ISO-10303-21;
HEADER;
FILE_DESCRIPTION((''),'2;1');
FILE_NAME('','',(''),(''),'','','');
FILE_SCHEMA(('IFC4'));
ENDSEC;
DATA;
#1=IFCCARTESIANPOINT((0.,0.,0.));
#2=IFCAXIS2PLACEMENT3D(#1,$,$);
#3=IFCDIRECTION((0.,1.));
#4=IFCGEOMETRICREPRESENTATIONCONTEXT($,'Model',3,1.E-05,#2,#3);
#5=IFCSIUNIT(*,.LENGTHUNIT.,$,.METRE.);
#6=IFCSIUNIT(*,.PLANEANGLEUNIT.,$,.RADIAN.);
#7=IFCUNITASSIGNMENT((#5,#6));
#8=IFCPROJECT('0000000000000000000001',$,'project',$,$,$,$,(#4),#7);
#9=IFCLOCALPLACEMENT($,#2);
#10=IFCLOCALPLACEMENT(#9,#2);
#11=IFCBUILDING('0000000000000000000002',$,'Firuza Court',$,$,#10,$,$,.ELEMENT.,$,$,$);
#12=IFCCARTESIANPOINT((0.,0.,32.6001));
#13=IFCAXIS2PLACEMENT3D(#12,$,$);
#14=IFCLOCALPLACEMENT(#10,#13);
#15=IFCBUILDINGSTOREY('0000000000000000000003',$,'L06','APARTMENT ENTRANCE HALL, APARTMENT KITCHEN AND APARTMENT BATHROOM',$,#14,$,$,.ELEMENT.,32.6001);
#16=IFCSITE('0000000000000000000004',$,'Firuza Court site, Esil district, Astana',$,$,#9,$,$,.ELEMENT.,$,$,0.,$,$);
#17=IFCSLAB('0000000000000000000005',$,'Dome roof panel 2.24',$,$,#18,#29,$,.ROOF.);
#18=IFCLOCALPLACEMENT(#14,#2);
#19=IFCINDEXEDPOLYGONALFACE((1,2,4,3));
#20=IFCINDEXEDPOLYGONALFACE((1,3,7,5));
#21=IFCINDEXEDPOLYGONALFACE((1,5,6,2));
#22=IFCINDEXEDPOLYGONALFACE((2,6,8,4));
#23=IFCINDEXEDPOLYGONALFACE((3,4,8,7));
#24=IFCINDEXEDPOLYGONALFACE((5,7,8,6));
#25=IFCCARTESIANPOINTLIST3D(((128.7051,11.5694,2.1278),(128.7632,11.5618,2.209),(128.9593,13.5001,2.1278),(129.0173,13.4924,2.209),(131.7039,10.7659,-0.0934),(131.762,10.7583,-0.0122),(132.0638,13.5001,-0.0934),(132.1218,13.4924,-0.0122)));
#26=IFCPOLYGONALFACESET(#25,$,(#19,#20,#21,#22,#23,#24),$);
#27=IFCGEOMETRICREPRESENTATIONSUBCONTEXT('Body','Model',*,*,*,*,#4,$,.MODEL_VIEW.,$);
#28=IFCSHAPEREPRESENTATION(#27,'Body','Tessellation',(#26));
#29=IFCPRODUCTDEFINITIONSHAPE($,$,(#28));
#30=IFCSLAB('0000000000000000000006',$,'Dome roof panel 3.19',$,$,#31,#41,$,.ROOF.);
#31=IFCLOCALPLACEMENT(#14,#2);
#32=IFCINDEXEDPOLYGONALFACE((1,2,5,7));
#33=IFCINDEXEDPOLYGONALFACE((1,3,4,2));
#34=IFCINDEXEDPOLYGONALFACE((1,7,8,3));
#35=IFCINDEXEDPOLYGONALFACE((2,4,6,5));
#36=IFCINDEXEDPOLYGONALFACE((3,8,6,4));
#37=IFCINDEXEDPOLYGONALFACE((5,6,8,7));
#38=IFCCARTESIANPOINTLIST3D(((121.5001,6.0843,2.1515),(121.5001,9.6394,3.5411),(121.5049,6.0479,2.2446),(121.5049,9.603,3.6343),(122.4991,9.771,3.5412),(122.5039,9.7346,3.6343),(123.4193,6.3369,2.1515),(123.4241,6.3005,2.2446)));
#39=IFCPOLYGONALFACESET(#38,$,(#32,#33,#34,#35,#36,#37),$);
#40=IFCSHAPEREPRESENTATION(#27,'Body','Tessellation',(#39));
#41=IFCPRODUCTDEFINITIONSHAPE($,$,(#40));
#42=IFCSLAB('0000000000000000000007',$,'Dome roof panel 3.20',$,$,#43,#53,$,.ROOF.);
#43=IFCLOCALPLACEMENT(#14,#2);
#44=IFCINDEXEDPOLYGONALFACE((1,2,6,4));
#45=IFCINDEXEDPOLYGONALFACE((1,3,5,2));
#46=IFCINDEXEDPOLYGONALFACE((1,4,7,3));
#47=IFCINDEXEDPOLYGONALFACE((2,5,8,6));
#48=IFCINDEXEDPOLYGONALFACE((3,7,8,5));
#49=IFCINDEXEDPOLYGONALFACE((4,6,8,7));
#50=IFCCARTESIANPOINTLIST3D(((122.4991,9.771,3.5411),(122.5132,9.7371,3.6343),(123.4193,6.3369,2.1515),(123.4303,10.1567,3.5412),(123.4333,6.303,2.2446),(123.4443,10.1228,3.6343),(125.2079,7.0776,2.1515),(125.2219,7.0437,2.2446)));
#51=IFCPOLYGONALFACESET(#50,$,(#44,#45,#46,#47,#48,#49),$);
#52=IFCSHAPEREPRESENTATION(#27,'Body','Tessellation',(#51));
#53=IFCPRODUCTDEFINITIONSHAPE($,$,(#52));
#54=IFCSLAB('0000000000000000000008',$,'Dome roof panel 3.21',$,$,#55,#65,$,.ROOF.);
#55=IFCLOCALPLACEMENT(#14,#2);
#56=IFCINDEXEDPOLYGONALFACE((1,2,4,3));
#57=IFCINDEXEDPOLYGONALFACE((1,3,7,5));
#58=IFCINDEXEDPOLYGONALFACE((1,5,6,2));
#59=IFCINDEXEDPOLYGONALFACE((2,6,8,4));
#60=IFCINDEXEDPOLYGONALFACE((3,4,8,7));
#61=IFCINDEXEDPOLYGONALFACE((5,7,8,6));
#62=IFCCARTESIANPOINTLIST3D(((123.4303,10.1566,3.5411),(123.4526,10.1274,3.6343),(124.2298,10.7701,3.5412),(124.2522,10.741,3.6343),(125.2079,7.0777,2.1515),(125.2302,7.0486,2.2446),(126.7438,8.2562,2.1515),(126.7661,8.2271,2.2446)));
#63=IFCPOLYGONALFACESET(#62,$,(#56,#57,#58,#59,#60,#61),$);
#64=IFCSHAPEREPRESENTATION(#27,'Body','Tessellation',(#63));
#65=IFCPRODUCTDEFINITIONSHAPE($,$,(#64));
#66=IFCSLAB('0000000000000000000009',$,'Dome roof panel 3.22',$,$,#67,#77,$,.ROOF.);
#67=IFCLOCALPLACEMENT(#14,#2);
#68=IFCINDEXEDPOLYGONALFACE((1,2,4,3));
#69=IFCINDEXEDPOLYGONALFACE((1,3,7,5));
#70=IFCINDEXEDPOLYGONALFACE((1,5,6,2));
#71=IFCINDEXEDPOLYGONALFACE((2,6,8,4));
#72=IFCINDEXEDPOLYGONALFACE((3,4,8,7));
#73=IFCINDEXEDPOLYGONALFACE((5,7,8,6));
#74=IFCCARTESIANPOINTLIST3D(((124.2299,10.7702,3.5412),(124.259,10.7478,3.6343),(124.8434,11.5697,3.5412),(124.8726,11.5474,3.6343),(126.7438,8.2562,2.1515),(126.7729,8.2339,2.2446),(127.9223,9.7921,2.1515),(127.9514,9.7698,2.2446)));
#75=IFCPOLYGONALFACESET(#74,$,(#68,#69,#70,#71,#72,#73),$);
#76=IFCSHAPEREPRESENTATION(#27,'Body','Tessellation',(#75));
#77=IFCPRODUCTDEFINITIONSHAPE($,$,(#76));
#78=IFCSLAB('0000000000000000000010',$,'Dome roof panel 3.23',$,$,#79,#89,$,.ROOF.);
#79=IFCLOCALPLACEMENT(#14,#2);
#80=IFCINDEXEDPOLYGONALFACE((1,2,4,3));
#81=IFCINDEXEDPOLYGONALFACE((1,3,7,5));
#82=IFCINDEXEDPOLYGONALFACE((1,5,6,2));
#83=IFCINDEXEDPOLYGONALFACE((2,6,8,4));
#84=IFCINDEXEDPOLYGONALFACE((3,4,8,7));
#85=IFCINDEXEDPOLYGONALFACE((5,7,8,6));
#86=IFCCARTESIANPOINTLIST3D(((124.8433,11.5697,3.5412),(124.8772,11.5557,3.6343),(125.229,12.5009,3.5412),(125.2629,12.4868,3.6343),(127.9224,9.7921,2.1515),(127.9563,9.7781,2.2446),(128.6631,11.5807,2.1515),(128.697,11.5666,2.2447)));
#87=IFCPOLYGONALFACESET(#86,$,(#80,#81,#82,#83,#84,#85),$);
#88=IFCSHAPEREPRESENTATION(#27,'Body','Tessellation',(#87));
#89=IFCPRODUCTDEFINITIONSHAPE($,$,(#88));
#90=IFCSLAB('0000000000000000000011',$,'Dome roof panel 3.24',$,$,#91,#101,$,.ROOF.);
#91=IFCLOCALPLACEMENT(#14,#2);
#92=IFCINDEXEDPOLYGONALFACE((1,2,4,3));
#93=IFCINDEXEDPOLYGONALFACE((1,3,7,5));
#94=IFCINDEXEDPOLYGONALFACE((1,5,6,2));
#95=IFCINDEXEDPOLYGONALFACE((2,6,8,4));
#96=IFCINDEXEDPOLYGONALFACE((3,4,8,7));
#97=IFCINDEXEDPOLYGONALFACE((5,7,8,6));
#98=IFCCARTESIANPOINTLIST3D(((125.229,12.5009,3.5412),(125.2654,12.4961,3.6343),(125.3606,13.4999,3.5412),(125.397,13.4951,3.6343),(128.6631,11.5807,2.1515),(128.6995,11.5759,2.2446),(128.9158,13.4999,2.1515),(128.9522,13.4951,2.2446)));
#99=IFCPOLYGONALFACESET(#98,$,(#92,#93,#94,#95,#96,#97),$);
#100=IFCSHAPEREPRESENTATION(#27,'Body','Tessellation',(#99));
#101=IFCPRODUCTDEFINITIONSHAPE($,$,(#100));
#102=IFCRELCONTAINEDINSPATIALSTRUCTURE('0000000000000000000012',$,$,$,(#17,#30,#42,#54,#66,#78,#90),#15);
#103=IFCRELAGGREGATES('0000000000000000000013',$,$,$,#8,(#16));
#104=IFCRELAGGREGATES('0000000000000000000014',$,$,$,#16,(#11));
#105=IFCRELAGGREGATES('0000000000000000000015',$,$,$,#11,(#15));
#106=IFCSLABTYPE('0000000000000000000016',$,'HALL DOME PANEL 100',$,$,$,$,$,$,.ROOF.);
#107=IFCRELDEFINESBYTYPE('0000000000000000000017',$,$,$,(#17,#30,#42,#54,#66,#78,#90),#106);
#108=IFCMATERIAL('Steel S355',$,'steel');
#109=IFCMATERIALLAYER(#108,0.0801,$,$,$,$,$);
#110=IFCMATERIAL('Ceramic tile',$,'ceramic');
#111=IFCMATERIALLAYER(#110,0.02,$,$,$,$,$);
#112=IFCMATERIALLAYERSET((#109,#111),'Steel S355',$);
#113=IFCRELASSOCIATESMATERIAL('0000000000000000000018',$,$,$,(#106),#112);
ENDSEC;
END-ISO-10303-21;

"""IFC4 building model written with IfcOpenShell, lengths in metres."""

from ifc_helpers import new_model, si_unit, direction, frame, origin, place, context, subcontext, project, spatial, polyline, outline, extrude, material, layer, layer_set, type_object, element, save


model = new_model("IFC4")

# Units and contexts
model_context = context("Model", 3, precision=1e-05, world=origin(), true_north=direction((0.0, 1.0)))
body_context = subcontext(model_context, "Body", "Model", "MODEL_VIEW")
ifc_project = project(units=[si_unit("LENGTHUNIT", "METRE"), si_unit("PLANEANGLEUNIT", "RADIAN")], contexts=[model_context])

# Site, building, storey
site_placement = place(None, origin())
site = spatial("IfcSite", under=ifc_project, at=site_placement, Name="Firuza Court site, Esil district, Astana", CompositionType="ELEMENT", RefElevation=0.0)
building_placement = place(site_placement, origin())
building = spatial("IfcBuilding", under=site, at=building_placement, Name="Firuza Court", CompositionType="ELEMENT")
storey_placement = place(building_placement, frame((0.0, 0.0, 32.6001)))
storey = spatial("IfcBuildingStorey", under=building, at=storey_placement, Name="L06", Description="APARTMENT ENTRANCE HALL, APARTMENT KITCHEN AND APARTMENT BATHROOM", CompositionType="ELEMENT", Elevation=32.6001)

# Slabs
ifc_material_1 = material(Name="Steel S355", Category="steel")
ifc_layer_1 = layer(ifc_material_1, 0.0801)
ifc_material_2 = material(Name="Ceramic tile", Category="ceramic")
ifc_layer_2 = layer(ifc_material_2, 0.02)
ifc_layer_set = layer_set([ifc_layer_1, ifc_layer_2], Name="Steel S355")
slab_type = type_object("IfcSlabType", Name="HALL DOME PANEL 100", PredefinedType="ROOF", material=ifc_layer_set)
slab_1_placement = place(storey_placement, frame((131.762, 10.7583, -0.0122), z_axis=(0.580177, -0.076367, 0.810902), x_axis=(-0.78557, 0.210479, 0.581875)))
element("IfcSlab", 1, at=slab_1_placement, inside=storey, type_object=slab_type, Name="Dome roof panel 2.24", PredefinedType="ROOF", context=body_context, shape_type="SweptSolid", body=[
    extrude(outline(polyline([(0.0, 0.0), (3.8173, 0.0), (4.024, -1.9363), (0.2928, -2.7421), (0.0, 0.0)])), origin(), (0.0, 0.0, -1.0), 0.1001),
])
slab_2_placement = place(storey_placement, frame((121.5049, 6.0479, 2.2446), z_axis=(0.047884, -0.363636, 0.93031), x_axis=(0.0, 0.931378, 0.364054)))
element("IfcSlab", 2, at=slab_2_placement, inside=storey, type_object=slab_type, Name="Dome roof panel 3.19", PredefinedType="ROOF", context=body_context, shape_type="SweptSolid", body=[
    extrude(outline(polyline([(0.0, 0.0), (3.8171, 0.0), (3.9397, -1.0002), (0.2353, -1.9214), (0.0, 0.0)])), origin(), (0.0, 0.0, -1.0), 0.1001),
])
slab_3_placement = place(storey_placement, frame((123.4333, 6.303, 2.2446), z_axis=(0.140346, -0.338851, 0.930313), x_axis=(-0.241061, 0.899644, 0.364046)))
element("IfcSlab", 3, at=slab_3_placement, inside=storey, type_object=slab_type, Name="Dome roof panel 3.20", PredefinedType="ROOF", context=body_context, shape_type="SweptSolid", body=[
    extrude(outline(polyline([(0.0, 0.0), (3.8172, 0.0), (3.9397, -1.0004), (0.2352, -1.9215), (0.0, 0.0)])), origin(), (0.0, 0.0, -1.0), 0.1001),
])
slab_4_placement = place(storey_placement, frame((125.2302, 7.0486, 2.2446), z_axis=(0.223274, -0.290987, 0.930309), x_axis=(-0.46569, 0.806595, 0.364056)))
element("IfcSlab", 4, at=slab_4_placement, inside=storey, type_object=slab_type, Name="Dome roof panel 3.21", PredefinedType="ROOF", context=body_context, shape_type="SweptSolid", body=[
    extrude(outline(polyline([(0.0, 0.0), (3.8171, 0.0), (3.9396, -1.0003), (0.2353, -1.9216), (0.0, 0.0)])), origin(), (0.0, 0.0, -1.0), 0.1001),
])
slab_5_placement = place(storey_placement, frame((126.7729, 8.2339, 2.2446), z_axis=(0.290987, -0.223274, 0.930309), x_axis=(-0.658583, 0.658583, 0.364055)))
element("IfcSlab", 5, at=slab_5_placement, inside=storey, type_object=slab_type, Name="Dome roof panel 3.22", PredefinedType="ROOF", context=body_context, shape_type="SweptSolid", body=[
    extrude(outline(polyline([(0.0, 0.0), (3.8172, 0.0), (3.9397, -1.0003), (0.2354, -1.9215), (0.0, 0.0)])), origin(), (0.0, 0.0, -1.0), 0.1001),
])
slab_6_placement = place(storey_placement, frame((127.9563, 9.7781, 2.2446), z_axis=(0.338851, -0.140346, 0.930313), x_axis=(-0.806615, 0.465665, 0.364045)))
element("IfcSlab", 6, at=slab_6_placement, inside=storey, type_object=slab_type, Name="Dome roof panel 3.23", PredefinedType="ROOF", context=body_context, shape_type="SweptSolid", body=[
    extrude(outline(polyline([(0.0, 0.0), (3.8173, 0.0), (3.9398, -1.0004), (0.2354, -1.9215), (0.0, 0.0)])), origin(), (0.0, 0.0, -1.0), 0.1001),
])
slab_7_placement = place(storey_placement, frame((128.6995, 11.5759, 2.2446), z_axis=(0.363636, -0.047884, 0.93031), x_axis=(-0.899641, 0.24106, 0.364056)))
element("IfcSlab", 7, at=slab_7_placement, inside=storey, type_object=slab_type, Name="Dome roof panel 3.24", PredefinedType="ROOF", context=body_context, shape_type="SweptSolid", body=[
    extrude(outline(polyline([(0.0, 0.0), (3.8172, 0.0), (3.9396, -1.0002), (0.2353, -1.9214), (0.0, 0.0)])), origin(), (0.0, 0.0, -1.0), 0.1001),
])

save(model, "model.ifc")
